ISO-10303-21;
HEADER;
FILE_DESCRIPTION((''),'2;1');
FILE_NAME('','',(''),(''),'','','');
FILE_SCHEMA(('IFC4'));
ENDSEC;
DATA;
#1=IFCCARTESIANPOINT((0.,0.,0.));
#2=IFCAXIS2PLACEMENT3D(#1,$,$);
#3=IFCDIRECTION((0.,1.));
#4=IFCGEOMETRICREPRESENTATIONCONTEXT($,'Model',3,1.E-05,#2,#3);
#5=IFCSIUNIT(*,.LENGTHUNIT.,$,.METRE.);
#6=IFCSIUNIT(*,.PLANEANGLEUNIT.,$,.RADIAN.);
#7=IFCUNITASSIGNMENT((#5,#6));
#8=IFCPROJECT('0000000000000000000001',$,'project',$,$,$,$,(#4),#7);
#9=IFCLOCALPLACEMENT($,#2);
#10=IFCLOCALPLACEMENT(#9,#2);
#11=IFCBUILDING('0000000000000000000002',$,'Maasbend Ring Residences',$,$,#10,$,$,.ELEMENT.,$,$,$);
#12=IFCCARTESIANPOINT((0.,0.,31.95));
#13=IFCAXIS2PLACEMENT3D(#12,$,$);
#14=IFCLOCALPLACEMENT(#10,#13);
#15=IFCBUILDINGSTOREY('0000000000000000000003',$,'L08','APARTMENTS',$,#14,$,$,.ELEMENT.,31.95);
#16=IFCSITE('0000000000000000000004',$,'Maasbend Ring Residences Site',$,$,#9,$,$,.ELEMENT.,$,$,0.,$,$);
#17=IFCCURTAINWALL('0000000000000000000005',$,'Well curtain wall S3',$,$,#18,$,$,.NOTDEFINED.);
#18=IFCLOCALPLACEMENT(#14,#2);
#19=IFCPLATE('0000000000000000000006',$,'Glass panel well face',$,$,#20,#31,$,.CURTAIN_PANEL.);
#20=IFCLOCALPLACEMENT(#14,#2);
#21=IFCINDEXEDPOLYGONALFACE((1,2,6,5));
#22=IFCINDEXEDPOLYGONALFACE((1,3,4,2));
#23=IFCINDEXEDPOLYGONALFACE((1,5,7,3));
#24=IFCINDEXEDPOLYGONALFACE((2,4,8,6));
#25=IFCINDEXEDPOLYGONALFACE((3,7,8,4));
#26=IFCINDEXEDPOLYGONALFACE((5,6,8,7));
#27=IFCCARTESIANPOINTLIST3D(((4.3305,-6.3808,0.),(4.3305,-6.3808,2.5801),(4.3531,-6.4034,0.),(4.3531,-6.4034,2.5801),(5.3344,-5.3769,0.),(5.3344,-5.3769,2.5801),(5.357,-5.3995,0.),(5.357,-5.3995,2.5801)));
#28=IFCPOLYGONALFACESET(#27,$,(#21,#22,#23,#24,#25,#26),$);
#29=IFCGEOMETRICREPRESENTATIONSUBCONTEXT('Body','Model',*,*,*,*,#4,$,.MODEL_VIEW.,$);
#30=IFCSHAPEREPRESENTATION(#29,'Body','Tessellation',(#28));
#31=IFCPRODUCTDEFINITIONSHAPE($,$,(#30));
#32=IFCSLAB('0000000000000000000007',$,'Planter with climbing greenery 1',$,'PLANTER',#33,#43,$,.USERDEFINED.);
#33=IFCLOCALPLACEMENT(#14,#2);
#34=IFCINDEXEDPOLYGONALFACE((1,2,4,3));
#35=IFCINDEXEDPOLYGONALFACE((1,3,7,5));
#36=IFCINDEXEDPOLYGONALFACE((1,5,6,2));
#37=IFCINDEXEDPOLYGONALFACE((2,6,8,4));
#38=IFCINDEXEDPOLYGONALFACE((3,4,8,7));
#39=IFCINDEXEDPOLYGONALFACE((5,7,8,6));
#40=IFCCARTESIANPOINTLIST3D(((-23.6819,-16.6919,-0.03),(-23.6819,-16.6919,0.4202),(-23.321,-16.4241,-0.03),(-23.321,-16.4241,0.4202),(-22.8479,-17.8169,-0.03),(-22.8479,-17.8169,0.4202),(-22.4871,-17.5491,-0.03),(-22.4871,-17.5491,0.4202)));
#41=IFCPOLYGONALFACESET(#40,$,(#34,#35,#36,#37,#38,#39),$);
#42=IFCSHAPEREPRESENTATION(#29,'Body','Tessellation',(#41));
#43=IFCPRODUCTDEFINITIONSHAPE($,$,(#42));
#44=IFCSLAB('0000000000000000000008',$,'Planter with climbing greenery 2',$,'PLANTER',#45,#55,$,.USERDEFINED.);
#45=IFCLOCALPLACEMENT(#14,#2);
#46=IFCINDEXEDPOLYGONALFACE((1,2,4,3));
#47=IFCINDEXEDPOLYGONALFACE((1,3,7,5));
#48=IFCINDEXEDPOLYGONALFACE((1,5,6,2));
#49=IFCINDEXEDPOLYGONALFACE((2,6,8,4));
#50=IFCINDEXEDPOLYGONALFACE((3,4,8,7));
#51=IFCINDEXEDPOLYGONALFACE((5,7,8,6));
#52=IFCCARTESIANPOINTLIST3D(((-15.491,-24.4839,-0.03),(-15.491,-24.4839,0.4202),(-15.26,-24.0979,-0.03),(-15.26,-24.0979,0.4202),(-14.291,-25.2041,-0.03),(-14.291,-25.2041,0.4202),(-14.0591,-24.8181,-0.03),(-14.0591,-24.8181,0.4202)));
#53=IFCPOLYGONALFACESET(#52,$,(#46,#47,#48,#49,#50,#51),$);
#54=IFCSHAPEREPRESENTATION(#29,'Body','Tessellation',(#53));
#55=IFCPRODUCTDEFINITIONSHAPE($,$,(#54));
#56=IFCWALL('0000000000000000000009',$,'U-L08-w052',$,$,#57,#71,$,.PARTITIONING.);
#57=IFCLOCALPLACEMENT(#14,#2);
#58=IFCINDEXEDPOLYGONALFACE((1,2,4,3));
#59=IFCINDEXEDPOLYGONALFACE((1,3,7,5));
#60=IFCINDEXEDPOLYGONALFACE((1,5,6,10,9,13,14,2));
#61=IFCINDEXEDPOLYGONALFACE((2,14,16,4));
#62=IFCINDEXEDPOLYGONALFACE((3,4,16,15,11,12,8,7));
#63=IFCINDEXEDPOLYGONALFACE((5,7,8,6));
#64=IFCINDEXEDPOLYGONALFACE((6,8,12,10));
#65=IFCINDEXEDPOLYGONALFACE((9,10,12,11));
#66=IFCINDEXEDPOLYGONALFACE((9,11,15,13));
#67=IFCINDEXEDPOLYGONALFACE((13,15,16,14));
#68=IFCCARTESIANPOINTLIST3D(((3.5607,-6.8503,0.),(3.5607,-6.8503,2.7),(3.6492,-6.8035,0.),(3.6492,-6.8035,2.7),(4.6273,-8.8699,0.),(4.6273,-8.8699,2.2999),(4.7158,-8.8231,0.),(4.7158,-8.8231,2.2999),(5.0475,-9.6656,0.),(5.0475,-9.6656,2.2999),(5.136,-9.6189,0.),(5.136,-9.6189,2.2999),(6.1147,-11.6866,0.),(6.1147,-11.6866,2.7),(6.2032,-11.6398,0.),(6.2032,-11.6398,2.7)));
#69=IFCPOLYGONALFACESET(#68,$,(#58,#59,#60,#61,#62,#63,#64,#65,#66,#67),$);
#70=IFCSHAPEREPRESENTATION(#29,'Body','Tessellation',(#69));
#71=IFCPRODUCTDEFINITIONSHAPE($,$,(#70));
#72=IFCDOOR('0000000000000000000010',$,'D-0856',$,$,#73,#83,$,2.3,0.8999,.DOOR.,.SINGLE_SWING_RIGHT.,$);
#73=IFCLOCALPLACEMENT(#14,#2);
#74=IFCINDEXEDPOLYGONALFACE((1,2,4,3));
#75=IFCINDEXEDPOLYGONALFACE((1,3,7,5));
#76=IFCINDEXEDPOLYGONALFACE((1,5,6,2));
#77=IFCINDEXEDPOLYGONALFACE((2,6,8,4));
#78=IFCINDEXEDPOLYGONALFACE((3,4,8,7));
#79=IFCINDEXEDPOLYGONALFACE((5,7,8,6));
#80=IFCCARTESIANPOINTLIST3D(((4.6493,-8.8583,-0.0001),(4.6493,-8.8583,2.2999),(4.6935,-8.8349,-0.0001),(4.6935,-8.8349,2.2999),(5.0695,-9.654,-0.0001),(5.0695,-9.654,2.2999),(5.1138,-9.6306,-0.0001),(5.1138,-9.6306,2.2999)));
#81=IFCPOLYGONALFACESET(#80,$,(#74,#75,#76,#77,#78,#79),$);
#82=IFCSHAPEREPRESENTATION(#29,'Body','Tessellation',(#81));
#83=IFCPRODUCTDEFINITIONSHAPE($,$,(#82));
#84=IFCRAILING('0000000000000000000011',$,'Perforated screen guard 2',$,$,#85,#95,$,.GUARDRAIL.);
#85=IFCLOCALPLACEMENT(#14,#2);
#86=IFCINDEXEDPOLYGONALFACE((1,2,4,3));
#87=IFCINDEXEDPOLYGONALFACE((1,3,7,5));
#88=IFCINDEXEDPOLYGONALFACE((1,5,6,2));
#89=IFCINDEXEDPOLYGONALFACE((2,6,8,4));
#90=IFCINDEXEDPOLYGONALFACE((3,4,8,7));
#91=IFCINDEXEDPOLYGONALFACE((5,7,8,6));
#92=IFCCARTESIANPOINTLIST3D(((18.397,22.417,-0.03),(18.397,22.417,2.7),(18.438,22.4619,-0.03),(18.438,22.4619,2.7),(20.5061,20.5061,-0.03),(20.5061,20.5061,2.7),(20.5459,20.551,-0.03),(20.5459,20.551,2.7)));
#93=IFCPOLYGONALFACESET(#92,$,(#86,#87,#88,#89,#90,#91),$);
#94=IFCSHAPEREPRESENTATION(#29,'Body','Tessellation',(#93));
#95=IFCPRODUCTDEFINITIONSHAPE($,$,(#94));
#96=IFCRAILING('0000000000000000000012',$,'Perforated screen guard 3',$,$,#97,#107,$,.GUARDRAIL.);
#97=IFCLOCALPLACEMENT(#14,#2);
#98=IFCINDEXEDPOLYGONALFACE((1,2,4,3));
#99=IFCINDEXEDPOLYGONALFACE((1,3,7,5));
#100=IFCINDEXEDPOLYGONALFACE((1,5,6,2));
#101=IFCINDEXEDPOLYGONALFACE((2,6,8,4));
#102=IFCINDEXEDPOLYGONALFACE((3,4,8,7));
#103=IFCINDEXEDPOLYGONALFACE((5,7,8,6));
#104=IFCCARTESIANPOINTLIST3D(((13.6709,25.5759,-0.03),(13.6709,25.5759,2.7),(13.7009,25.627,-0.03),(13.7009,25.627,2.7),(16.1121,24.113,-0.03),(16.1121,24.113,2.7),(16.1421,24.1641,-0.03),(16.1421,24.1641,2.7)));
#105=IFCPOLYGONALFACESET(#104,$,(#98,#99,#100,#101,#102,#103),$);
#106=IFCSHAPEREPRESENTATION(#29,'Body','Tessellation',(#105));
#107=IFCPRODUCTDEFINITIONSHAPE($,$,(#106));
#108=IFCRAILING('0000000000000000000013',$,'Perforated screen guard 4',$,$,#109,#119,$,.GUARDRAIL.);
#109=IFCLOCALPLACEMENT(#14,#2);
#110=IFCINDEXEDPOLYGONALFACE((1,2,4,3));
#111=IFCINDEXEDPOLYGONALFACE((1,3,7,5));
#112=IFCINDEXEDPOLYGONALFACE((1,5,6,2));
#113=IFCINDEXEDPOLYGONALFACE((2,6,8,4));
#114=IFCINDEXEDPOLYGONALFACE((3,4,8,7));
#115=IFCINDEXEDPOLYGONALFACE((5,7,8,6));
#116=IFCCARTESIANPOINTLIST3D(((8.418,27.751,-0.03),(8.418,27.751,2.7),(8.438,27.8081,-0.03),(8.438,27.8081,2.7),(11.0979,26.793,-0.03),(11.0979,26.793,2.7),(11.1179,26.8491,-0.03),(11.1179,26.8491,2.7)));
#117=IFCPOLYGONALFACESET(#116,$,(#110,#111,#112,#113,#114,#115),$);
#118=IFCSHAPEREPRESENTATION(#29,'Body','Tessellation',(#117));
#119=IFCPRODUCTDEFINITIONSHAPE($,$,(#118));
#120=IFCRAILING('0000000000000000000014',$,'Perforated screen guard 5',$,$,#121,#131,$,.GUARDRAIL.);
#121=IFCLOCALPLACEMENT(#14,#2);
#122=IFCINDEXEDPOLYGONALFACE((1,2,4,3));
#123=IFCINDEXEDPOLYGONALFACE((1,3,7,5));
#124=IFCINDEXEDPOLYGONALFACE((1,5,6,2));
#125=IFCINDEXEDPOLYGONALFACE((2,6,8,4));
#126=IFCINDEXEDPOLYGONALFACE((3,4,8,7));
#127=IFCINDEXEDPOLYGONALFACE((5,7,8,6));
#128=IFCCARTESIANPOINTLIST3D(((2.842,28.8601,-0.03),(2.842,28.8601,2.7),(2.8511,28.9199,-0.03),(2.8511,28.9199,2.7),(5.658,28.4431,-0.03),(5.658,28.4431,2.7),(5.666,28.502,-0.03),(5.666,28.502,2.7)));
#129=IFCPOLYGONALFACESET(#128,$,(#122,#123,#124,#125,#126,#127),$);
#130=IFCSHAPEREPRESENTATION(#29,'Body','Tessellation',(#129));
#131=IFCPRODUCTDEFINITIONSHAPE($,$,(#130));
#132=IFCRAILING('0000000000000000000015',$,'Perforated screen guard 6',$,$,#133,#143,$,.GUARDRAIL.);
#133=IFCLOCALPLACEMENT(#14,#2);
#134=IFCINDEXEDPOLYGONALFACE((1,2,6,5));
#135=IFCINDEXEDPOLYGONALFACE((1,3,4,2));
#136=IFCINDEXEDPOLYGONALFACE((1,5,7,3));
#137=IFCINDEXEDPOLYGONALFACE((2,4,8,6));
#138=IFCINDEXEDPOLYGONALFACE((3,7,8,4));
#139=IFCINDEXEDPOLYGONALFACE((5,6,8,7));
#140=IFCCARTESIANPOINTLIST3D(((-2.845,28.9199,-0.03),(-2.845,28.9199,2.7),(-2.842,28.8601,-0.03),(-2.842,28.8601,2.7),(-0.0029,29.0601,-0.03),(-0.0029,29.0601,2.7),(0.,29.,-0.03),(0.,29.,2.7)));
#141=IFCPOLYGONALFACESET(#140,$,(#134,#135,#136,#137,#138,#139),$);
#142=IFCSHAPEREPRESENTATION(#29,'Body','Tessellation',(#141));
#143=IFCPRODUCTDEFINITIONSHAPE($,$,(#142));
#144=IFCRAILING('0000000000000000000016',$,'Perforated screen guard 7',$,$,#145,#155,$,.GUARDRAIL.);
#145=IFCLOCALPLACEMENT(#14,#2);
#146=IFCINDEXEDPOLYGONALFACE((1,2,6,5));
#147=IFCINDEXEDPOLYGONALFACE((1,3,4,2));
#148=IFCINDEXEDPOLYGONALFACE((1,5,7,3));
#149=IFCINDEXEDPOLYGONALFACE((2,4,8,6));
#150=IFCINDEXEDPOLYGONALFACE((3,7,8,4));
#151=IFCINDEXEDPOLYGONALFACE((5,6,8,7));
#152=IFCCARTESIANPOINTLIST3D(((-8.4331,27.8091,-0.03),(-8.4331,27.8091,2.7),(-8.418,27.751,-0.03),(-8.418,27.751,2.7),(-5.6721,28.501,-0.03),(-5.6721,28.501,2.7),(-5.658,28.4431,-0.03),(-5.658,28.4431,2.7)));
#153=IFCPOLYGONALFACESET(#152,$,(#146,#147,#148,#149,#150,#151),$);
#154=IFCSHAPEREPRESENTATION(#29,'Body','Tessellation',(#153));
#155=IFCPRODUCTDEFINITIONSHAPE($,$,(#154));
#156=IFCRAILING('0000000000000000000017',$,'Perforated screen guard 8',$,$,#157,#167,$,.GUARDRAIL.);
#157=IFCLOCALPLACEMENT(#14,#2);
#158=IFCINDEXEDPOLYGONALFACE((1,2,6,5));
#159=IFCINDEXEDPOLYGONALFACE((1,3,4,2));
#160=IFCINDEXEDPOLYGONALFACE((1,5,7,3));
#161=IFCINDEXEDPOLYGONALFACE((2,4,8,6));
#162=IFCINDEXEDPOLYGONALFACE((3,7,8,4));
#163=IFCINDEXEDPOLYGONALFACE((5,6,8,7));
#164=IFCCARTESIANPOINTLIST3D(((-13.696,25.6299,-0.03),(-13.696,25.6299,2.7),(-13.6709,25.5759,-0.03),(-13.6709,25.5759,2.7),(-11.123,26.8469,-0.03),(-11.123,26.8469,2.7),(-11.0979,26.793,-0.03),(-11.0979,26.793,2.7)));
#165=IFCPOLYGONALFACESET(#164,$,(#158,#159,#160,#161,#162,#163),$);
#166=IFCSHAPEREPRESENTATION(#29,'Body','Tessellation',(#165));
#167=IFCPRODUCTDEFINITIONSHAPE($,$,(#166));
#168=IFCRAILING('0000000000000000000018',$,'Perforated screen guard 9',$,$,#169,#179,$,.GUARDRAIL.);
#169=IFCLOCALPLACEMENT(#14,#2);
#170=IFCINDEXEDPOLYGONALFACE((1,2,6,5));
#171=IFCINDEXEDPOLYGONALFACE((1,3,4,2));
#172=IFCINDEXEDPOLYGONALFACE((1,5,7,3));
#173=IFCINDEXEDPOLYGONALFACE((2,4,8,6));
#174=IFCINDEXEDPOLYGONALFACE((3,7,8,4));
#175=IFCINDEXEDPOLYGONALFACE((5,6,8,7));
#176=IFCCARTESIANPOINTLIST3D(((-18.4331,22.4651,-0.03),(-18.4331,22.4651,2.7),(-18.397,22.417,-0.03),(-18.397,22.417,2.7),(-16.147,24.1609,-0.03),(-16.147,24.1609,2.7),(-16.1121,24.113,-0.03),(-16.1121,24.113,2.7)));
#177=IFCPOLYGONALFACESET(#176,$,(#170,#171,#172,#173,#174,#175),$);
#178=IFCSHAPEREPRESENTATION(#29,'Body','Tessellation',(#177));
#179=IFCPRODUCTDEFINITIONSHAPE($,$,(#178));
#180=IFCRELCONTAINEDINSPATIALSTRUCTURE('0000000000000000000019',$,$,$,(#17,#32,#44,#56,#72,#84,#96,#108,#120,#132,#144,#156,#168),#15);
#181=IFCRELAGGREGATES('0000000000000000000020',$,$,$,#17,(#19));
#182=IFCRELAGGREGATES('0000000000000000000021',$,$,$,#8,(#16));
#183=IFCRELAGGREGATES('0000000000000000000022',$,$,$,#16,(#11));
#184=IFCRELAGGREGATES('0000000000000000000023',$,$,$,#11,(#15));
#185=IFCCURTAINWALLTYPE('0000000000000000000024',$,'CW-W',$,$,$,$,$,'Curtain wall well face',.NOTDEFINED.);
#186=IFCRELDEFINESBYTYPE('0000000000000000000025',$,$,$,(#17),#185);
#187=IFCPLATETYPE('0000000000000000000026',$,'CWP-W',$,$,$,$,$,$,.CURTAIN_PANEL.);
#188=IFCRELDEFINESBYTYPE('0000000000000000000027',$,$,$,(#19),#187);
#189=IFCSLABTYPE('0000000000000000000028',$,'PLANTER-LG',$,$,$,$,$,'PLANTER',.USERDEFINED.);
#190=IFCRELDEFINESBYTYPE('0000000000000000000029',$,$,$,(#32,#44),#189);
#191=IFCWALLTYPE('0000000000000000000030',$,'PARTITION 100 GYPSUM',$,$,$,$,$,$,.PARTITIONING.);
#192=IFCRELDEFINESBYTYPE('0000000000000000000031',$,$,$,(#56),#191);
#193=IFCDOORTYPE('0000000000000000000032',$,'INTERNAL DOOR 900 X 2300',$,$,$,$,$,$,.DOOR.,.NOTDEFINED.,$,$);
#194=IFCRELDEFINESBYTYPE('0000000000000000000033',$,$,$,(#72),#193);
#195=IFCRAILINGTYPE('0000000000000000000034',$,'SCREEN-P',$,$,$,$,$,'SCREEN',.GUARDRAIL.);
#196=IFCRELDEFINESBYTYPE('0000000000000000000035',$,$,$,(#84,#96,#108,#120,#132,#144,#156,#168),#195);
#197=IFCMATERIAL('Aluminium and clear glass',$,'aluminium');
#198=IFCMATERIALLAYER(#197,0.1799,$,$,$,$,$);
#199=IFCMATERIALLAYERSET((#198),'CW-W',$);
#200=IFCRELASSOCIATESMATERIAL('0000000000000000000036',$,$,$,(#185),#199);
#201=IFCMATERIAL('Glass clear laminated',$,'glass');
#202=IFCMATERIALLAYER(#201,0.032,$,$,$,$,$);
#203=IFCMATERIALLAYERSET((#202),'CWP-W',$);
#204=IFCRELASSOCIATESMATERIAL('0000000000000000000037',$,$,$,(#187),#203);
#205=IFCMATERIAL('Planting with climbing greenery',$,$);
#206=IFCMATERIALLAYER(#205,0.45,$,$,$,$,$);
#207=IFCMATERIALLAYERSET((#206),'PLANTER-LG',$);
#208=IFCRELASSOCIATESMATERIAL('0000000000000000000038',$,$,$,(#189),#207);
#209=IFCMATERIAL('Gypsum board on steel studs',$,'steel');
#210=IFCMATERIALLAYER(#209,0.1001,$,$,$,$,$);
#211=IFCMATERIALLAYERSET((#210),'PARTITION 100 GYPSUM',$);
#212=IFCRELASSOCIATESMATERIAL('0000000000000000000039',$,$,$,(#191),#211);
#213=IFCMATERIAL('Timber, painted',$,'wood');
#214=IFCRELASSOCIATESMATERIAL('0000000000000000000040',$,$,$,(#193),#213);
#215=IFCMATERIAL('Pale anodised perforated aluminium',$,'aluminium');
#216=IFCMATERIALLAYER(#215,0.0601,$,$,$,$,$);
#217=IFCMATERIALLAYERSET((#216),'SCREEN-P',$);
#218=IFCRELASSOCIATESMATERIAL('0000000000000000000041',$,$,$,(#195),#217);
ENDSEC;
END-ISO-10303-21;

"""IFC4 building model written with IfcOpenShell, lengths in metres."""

from ifc_helpers import new_model, si_unit, direction, frame, frame_2d, origin, origin_2d, place, context, subcontext, project, spatial, polyline, rectangle, outline, extrude, material, layer, layer_set, type_object, element, fill, aggregate, save


model = new_model("IFC4")

# Units and contexts
model_context = context("Model", 3, precision=1e-05, world=origin(), true_north=direction((0.0, 1.0)))
body_context = subcontext(model_context, "Body", "Model", "MODEL_VIEW")
ifc_project = project(units=[si_unit("LENGTHUNIT", "METRE"), si_unit("PLANEANGLEUNIT", "RADIAN")], contexts=[model_context])

# Site, building, storey
site_placement = place(None, origin())
site = spatial("IfcSite", under=ifc_project, at=site_placement, Name="Maasbend Ring Residences Site", CompositionType="ELEMENT", RefElevation=0.0)
building_placement = place(site_placement, origin())
building = spatial("IfcBuilding", under=site, at=building_placement, Name="Maasbend Ring Residences", CompositionType="ELEMENT")
storey_placement = place(building_placement, frame((0.0, 0.0, 31.95)))
storey = spatial("IfcBuildingStorey", under=building, at=storey_placement, Name="L08", Description="APARTMENTS", CompositionType="ELEMENT", Elevation=31.95)

# Shared definitions
ifc_material_1 = material(Name="Aluminium and clear glass", Category="aluminium")
ifc_layer_1 = layer(ifc_material_1, 0.1799)
ifc_layer_set_1 = layer_set([ifc_layer_1], Name="CW-W")
curtain_wall_type = type_object("IfcCurtainWallType", Name="CW-W", ElementType="Curtain wall well face", PredefinedType="NOTDEFINED", material=ifc_layer_set_1)

# Curtain wall
curtain_wall_1_placement = place(storey_placement, origin())
curtain_wall_1 = element("IfcCurtainWall", 1, at=curtain_wall_1_placement, inside=storey, type_object=curtain_wall_type, Name="Well curtain wall S3", PredefinedType="NOTDEFINED")

# Plate
ifc_material_2 = material(Name="Glass clear laminated", Category="glass")
ifc_layer_2 = layer(ifc_material_2, 0.032)
ifc_layer_set_2 = layer_set([ifc_layer_2], Name="CWP-W")
plate_type = type_object("IfcPlateType", Name="CWP-W", PredefinedType="CURTAIN_PANEL", material=ifc_layer_set_2)
plate_1_placement = place(storey_placement, frame((4.8438, -5.8901, 0.0), z_axis=(0.0, 0.0, 1.0), x_axis=(0.707107, 0.707107, 0.0)))
plate_1 = element("IfcPlate", 2, at=plate_1_placement, type_object=plate_type, Name="Glass panel well face", PredefinedType="CURTAIN_PANEL", context=body_context, shape_type="SweptSolid", body=[
    extrude(rectangle(XDim=1.4197, YDim=0.032, at=origin_2d()), origin(), (0.0, 0.0, 1.0), 2.5801),
])
aggregate(curtain_wall_1, [plate_1])

# Slabs
ifc_material_3 = material(Name="Planting with climbing greenery")
ifc_layer_3 = layer(ifc_material_3, 0.45)
ifc_layer_set_3 = layer_set([ifc_layer_3], Name="PLANTER-LG")
slab_type_1 = type_object("IfcSlabType", Name="PLANTER-LG", ElementType="PLANTER", PredefinedType="USERDEFINED", material=ifc_layer_set_3)
slab_1_placement = place(storey_placement, frame((0.0, 0.0, -0.03)))
element("IfcSlab", 3, at=slab_1_placement, inside=storey, type_object=slab_type_1, Name="Planter with climbing greenery 1", ObjectType="PLANTER", PredefinedType="USERDEFINED", context=body_context, shape_type="SweptSolid", body=[
    extrude(outline(polyline([(-23.6819, -16.6919), (-22.8479, -17.8169), (-22.4871, -17.5491), (-23.321, -16.4241), (-23.6819, -16.6919)])), origin(), (0.0, 0.0, 1.0), 0.4502),
])
slab_2_placement = place(storey_placement, frame((0.0, 0.0, -0.03)))
element("IfcSlab", 4, at=slab_2_placement, inside=storey, type_object=slab_type_1, Name="Planter with climbing greenery 2", ObjectType="PLANTER", PredefinedType="USERDEFINED", context=body_context, shape_type="SweptSolid", body=[
    extrude(outline(polyline([(-15.491, -24.4839), (-14.291, -25.2041), (-14.0591, -24.8181), (-15.26, -24.0979), (-15.491, -24.4839)])), origin(), (0.0, 0.0, 1.0), 0.4502),
])

# Wall, opening, door
ifc_material_4 = material(Name="Gypsum board on steel studs", Category="steel")
ifc_layer_4 = layer(ifc_material_4, 0.1001)
ifc_layer_set_4 = layer_set([ifc_layer_4], Name="PARTITION 100 GYPSUM")
wall_type = type_object("IfcWallType", Name="PARTITION 100 GYPSUM", PredefinedType="PARTITIONING", material=ifc_layer_set_4)
wall_placement = place(storey_placement, frame((3.605, -6.8269, 0.0), z_axis=(0.0, 0.0, 1.0), x_axis=(0.466977, -0.88427, 0.0)))
wall = element("IfcWall", 5, at=wall_placement, inside=storey, type_object=wall_type, Name="U-L08-w052", PredefinedType="PARTITIONING", context=body_context, shape_type="SweptSolid", body=[
    extrude(rectangle(XDim=5.4692, YDim=0.1001, at=frame_2d((2.7346, 0.0))), origin(), (0.0, 0.0, 1.0), 2.7),
])
opening_placement = place(wall_placement, frame((2.2839, 0.0, 0.0)))
opening = element("IfcOpeningElement", 6, at=opening_placement, cuts=wall, PredefinedType="OPENING", context=body_context, shape_type="SweptSolid", body=[
    extrude(rectangle(XDim=0.8999, YDim=2.3, at=frame_2d((0.45, 1.1499))), frame((0.0, 0.0601, 0.0), z_axis=(0.0, -1.0, 0.0), x_axis=(1.0, 0.0, 0.0)), (0.0, 0.0, 1.0), 0.1201),
])
ifc_material_5 = material(Name="Timber, painted", Category="wood")
door_type = type_object("IfcDoorType", Name="INTERNAL DOOR 900 X 2300", OperationType="NOTDEFINED", PredefinedType="DOOR", material=ifc_material_5)
door_placement = place(opening_placement, origin())
door = element("IfcDoor", 7, at=door_placement, inside=storey, type_object=door_type, Name="D-0856", OperationType="SINGLE_SWING_RIGHT", OverallHeight=2.3, OverallWidth=0.8999, PredefinedType="DOOR", context=body_context, shape_type="SweptSolid", body=[
    extrude(rectangle(XDim=0.8999, YDim=2.3, at=frame_2d((0.45, 1.1499))), frame((0.0, 0.0249, 0.0), z_axis=(0.0, -1.0, 0.0), x_axis=(1.0, 0.0, 0.0)), (0.0, 0.0, 1.0), 0.05),
])
fill(opening, door)

# Railings
ifc_material_6 = material(Name="Pale anodised perforated aluminium", Category="aluminium")
ifc_layer_5 = layer(ifc_material_6, 0.0601)
ifc_layer_set_5 = layer_set([ifc_layer_5], Name="SCREEN-P")
railing_type = type_object("IfcRailingType", Name="SCREEN-P", ElementType="SCREEN", PredefinedType="GUARDRAIL", material=ifc_layer_set_5)
railing_1_placement = place(storey_placement, frame((0.0, 0.0, -0.03)))
element("IfcRailing", 8, at=railing_1_placement, inside=storey, type_object=railing_type, Name="Perforated screen guard 2", PredefinedType="GUARDRAIL", context=body_context, shape_type="SweptSolid", body=[
    extrude(outline(polyline([(20.5061, 20.5061), (18.397, 22.417), (18.438, 22.4619), (20.5459, 20.551), (20.5061, 20.5061)])), origin(), (0.0, 0.0, 1.0), 2.73),
])
railing_2_placement = place(storey_placement, frame((0.0, 0.0, -0.03)))
element("IfcRailing", 9, at=railing_2_placement, inside=storey, type_object=railing_type, Name="Perforated screen guard 3", PredefinedType="GUARDRAIL", context=body_context, shape_type="SweptSolid", body=[
    extrude(outline(polyline([(16.1121, 24.113), (13.6709, 25.5759), (13.7009, 25.627), (16.1421, 24.1641), (16.1121, 24.113)])), origin(), (0.0, 0.0, 1.0), 2.73),
])
railing_3_placement = place(storey_placement, frame((0.0, 0.0, -0.03)))
element("IfcRailing", 10, at=railing_3_placement, inside=storey, type_object=railing_type, Name="Perforated screen guard 4", PredefinedType="GUARDRAIL", context=body_context, shape_type="SweptSolid", body=[
    extrude(outline(polyline([(11.0979, 26.793), (8.418, 27.751), (8.438, 27.8081), (11.1179, 26.8491), (11.0979, 26.793)])), origin(), (0.0, 0.0, 1.0), 2.73),
])
railing_4_placement = place(storey_placement, frame((0.0, 0.0, -0.03)))
element("IfcRailing", 11, at=railing_4_placement, inside=storey, type_object=railing_type, Name="Perforated screen guard 5", PredefinedType="GUARDRAIL", context=body_context, shape_type="SweptSolid", body=[
    extrude(outline(polyline([(5.658, 28.4431), (2.842, 28.8601), (2.8511, 28.9199), (5.666, 28.502), (5.658, 28.4431)])), origin(), (0.0, 0.0, 1.0), 2.73),
])
railing_5_placement = place(storey_placement, frame((0.0, 0.0, -0.03)))
element("IfcRailing", 12, at=railing_5_placement, inside=storey, type_object=railing_type, Name="Perforated screen guard 6", PredefinedType="GUARDRAIL", context=body_context, shape_type="SweptSolid", body=[
    extrude(outline(polyline([(0.0, 29.0), (-2.842, 28.8601), (-2.845, 28.9199), (-0.0029, 29.0601), (0.0, 29.0)])), origin(), (0.0, 0.0, 1.0), 2.73),
])
railing_6_placement = place(storey_placement, frame((0.0, 0.0, -0.03)))
element("IfcRailing", 13, at=railing_6_placement, inside=storey, type_object=railing_type, Name="Perforated screen guard 7", PredefinedType="GUARDRAIL", context=body_context, shape_type="SweptSolid", body=[
    extrude(outline(polyline([(-5.658, 28.4431), (-8.418, 27.751), (-8.4331, 27.8091), (-5.6721, 28.501), (-5.658, 28.4431)])), origin(), (0.0, 0.0, 1.0), 2.73),
])
railing_7_placement = place(storey_placement, frame((0.0, 0.0, -0.03)))
element("IfcRailing", 14, at=railing_7_placement, inside=storey, type_object=railing_type, Name="Perforated screen guard 8", PredefinedType="GUARDRAIL", context=body_context, shape_type="SweptSolid", body=[
    extrude(outline(polyline([(-11.0979, 26.793), (-13.6709, 25.5759), (-13.696, 25.6299), (-11.123, 26.8469), (-11.0979, 26.793)])), origin(), (0.0, 0.0, 1.0), 2.73),
])
railing_8_placement = place(storey_placement, frame((0.0, 0.0, -0.03)))
element("IfcRailing", 15, at=railing_8_placement, inside=storey, type_object=railing_type, Name="Perforated screen guard 9", PredefinedType="GUARDRAIL", context=body_context, shape_type="SweptSolid", body=[
    extrude(outline(polyline([(-16.1121, 24.113), (-18.397, 22.417), (-18.4331, 22.4651), (-16.147, 24.1609), (-16.1121, 24.113)])), origin(), (0.0, 0.0, 1.0), 2.73),
])

save(model, "model.ifc")
